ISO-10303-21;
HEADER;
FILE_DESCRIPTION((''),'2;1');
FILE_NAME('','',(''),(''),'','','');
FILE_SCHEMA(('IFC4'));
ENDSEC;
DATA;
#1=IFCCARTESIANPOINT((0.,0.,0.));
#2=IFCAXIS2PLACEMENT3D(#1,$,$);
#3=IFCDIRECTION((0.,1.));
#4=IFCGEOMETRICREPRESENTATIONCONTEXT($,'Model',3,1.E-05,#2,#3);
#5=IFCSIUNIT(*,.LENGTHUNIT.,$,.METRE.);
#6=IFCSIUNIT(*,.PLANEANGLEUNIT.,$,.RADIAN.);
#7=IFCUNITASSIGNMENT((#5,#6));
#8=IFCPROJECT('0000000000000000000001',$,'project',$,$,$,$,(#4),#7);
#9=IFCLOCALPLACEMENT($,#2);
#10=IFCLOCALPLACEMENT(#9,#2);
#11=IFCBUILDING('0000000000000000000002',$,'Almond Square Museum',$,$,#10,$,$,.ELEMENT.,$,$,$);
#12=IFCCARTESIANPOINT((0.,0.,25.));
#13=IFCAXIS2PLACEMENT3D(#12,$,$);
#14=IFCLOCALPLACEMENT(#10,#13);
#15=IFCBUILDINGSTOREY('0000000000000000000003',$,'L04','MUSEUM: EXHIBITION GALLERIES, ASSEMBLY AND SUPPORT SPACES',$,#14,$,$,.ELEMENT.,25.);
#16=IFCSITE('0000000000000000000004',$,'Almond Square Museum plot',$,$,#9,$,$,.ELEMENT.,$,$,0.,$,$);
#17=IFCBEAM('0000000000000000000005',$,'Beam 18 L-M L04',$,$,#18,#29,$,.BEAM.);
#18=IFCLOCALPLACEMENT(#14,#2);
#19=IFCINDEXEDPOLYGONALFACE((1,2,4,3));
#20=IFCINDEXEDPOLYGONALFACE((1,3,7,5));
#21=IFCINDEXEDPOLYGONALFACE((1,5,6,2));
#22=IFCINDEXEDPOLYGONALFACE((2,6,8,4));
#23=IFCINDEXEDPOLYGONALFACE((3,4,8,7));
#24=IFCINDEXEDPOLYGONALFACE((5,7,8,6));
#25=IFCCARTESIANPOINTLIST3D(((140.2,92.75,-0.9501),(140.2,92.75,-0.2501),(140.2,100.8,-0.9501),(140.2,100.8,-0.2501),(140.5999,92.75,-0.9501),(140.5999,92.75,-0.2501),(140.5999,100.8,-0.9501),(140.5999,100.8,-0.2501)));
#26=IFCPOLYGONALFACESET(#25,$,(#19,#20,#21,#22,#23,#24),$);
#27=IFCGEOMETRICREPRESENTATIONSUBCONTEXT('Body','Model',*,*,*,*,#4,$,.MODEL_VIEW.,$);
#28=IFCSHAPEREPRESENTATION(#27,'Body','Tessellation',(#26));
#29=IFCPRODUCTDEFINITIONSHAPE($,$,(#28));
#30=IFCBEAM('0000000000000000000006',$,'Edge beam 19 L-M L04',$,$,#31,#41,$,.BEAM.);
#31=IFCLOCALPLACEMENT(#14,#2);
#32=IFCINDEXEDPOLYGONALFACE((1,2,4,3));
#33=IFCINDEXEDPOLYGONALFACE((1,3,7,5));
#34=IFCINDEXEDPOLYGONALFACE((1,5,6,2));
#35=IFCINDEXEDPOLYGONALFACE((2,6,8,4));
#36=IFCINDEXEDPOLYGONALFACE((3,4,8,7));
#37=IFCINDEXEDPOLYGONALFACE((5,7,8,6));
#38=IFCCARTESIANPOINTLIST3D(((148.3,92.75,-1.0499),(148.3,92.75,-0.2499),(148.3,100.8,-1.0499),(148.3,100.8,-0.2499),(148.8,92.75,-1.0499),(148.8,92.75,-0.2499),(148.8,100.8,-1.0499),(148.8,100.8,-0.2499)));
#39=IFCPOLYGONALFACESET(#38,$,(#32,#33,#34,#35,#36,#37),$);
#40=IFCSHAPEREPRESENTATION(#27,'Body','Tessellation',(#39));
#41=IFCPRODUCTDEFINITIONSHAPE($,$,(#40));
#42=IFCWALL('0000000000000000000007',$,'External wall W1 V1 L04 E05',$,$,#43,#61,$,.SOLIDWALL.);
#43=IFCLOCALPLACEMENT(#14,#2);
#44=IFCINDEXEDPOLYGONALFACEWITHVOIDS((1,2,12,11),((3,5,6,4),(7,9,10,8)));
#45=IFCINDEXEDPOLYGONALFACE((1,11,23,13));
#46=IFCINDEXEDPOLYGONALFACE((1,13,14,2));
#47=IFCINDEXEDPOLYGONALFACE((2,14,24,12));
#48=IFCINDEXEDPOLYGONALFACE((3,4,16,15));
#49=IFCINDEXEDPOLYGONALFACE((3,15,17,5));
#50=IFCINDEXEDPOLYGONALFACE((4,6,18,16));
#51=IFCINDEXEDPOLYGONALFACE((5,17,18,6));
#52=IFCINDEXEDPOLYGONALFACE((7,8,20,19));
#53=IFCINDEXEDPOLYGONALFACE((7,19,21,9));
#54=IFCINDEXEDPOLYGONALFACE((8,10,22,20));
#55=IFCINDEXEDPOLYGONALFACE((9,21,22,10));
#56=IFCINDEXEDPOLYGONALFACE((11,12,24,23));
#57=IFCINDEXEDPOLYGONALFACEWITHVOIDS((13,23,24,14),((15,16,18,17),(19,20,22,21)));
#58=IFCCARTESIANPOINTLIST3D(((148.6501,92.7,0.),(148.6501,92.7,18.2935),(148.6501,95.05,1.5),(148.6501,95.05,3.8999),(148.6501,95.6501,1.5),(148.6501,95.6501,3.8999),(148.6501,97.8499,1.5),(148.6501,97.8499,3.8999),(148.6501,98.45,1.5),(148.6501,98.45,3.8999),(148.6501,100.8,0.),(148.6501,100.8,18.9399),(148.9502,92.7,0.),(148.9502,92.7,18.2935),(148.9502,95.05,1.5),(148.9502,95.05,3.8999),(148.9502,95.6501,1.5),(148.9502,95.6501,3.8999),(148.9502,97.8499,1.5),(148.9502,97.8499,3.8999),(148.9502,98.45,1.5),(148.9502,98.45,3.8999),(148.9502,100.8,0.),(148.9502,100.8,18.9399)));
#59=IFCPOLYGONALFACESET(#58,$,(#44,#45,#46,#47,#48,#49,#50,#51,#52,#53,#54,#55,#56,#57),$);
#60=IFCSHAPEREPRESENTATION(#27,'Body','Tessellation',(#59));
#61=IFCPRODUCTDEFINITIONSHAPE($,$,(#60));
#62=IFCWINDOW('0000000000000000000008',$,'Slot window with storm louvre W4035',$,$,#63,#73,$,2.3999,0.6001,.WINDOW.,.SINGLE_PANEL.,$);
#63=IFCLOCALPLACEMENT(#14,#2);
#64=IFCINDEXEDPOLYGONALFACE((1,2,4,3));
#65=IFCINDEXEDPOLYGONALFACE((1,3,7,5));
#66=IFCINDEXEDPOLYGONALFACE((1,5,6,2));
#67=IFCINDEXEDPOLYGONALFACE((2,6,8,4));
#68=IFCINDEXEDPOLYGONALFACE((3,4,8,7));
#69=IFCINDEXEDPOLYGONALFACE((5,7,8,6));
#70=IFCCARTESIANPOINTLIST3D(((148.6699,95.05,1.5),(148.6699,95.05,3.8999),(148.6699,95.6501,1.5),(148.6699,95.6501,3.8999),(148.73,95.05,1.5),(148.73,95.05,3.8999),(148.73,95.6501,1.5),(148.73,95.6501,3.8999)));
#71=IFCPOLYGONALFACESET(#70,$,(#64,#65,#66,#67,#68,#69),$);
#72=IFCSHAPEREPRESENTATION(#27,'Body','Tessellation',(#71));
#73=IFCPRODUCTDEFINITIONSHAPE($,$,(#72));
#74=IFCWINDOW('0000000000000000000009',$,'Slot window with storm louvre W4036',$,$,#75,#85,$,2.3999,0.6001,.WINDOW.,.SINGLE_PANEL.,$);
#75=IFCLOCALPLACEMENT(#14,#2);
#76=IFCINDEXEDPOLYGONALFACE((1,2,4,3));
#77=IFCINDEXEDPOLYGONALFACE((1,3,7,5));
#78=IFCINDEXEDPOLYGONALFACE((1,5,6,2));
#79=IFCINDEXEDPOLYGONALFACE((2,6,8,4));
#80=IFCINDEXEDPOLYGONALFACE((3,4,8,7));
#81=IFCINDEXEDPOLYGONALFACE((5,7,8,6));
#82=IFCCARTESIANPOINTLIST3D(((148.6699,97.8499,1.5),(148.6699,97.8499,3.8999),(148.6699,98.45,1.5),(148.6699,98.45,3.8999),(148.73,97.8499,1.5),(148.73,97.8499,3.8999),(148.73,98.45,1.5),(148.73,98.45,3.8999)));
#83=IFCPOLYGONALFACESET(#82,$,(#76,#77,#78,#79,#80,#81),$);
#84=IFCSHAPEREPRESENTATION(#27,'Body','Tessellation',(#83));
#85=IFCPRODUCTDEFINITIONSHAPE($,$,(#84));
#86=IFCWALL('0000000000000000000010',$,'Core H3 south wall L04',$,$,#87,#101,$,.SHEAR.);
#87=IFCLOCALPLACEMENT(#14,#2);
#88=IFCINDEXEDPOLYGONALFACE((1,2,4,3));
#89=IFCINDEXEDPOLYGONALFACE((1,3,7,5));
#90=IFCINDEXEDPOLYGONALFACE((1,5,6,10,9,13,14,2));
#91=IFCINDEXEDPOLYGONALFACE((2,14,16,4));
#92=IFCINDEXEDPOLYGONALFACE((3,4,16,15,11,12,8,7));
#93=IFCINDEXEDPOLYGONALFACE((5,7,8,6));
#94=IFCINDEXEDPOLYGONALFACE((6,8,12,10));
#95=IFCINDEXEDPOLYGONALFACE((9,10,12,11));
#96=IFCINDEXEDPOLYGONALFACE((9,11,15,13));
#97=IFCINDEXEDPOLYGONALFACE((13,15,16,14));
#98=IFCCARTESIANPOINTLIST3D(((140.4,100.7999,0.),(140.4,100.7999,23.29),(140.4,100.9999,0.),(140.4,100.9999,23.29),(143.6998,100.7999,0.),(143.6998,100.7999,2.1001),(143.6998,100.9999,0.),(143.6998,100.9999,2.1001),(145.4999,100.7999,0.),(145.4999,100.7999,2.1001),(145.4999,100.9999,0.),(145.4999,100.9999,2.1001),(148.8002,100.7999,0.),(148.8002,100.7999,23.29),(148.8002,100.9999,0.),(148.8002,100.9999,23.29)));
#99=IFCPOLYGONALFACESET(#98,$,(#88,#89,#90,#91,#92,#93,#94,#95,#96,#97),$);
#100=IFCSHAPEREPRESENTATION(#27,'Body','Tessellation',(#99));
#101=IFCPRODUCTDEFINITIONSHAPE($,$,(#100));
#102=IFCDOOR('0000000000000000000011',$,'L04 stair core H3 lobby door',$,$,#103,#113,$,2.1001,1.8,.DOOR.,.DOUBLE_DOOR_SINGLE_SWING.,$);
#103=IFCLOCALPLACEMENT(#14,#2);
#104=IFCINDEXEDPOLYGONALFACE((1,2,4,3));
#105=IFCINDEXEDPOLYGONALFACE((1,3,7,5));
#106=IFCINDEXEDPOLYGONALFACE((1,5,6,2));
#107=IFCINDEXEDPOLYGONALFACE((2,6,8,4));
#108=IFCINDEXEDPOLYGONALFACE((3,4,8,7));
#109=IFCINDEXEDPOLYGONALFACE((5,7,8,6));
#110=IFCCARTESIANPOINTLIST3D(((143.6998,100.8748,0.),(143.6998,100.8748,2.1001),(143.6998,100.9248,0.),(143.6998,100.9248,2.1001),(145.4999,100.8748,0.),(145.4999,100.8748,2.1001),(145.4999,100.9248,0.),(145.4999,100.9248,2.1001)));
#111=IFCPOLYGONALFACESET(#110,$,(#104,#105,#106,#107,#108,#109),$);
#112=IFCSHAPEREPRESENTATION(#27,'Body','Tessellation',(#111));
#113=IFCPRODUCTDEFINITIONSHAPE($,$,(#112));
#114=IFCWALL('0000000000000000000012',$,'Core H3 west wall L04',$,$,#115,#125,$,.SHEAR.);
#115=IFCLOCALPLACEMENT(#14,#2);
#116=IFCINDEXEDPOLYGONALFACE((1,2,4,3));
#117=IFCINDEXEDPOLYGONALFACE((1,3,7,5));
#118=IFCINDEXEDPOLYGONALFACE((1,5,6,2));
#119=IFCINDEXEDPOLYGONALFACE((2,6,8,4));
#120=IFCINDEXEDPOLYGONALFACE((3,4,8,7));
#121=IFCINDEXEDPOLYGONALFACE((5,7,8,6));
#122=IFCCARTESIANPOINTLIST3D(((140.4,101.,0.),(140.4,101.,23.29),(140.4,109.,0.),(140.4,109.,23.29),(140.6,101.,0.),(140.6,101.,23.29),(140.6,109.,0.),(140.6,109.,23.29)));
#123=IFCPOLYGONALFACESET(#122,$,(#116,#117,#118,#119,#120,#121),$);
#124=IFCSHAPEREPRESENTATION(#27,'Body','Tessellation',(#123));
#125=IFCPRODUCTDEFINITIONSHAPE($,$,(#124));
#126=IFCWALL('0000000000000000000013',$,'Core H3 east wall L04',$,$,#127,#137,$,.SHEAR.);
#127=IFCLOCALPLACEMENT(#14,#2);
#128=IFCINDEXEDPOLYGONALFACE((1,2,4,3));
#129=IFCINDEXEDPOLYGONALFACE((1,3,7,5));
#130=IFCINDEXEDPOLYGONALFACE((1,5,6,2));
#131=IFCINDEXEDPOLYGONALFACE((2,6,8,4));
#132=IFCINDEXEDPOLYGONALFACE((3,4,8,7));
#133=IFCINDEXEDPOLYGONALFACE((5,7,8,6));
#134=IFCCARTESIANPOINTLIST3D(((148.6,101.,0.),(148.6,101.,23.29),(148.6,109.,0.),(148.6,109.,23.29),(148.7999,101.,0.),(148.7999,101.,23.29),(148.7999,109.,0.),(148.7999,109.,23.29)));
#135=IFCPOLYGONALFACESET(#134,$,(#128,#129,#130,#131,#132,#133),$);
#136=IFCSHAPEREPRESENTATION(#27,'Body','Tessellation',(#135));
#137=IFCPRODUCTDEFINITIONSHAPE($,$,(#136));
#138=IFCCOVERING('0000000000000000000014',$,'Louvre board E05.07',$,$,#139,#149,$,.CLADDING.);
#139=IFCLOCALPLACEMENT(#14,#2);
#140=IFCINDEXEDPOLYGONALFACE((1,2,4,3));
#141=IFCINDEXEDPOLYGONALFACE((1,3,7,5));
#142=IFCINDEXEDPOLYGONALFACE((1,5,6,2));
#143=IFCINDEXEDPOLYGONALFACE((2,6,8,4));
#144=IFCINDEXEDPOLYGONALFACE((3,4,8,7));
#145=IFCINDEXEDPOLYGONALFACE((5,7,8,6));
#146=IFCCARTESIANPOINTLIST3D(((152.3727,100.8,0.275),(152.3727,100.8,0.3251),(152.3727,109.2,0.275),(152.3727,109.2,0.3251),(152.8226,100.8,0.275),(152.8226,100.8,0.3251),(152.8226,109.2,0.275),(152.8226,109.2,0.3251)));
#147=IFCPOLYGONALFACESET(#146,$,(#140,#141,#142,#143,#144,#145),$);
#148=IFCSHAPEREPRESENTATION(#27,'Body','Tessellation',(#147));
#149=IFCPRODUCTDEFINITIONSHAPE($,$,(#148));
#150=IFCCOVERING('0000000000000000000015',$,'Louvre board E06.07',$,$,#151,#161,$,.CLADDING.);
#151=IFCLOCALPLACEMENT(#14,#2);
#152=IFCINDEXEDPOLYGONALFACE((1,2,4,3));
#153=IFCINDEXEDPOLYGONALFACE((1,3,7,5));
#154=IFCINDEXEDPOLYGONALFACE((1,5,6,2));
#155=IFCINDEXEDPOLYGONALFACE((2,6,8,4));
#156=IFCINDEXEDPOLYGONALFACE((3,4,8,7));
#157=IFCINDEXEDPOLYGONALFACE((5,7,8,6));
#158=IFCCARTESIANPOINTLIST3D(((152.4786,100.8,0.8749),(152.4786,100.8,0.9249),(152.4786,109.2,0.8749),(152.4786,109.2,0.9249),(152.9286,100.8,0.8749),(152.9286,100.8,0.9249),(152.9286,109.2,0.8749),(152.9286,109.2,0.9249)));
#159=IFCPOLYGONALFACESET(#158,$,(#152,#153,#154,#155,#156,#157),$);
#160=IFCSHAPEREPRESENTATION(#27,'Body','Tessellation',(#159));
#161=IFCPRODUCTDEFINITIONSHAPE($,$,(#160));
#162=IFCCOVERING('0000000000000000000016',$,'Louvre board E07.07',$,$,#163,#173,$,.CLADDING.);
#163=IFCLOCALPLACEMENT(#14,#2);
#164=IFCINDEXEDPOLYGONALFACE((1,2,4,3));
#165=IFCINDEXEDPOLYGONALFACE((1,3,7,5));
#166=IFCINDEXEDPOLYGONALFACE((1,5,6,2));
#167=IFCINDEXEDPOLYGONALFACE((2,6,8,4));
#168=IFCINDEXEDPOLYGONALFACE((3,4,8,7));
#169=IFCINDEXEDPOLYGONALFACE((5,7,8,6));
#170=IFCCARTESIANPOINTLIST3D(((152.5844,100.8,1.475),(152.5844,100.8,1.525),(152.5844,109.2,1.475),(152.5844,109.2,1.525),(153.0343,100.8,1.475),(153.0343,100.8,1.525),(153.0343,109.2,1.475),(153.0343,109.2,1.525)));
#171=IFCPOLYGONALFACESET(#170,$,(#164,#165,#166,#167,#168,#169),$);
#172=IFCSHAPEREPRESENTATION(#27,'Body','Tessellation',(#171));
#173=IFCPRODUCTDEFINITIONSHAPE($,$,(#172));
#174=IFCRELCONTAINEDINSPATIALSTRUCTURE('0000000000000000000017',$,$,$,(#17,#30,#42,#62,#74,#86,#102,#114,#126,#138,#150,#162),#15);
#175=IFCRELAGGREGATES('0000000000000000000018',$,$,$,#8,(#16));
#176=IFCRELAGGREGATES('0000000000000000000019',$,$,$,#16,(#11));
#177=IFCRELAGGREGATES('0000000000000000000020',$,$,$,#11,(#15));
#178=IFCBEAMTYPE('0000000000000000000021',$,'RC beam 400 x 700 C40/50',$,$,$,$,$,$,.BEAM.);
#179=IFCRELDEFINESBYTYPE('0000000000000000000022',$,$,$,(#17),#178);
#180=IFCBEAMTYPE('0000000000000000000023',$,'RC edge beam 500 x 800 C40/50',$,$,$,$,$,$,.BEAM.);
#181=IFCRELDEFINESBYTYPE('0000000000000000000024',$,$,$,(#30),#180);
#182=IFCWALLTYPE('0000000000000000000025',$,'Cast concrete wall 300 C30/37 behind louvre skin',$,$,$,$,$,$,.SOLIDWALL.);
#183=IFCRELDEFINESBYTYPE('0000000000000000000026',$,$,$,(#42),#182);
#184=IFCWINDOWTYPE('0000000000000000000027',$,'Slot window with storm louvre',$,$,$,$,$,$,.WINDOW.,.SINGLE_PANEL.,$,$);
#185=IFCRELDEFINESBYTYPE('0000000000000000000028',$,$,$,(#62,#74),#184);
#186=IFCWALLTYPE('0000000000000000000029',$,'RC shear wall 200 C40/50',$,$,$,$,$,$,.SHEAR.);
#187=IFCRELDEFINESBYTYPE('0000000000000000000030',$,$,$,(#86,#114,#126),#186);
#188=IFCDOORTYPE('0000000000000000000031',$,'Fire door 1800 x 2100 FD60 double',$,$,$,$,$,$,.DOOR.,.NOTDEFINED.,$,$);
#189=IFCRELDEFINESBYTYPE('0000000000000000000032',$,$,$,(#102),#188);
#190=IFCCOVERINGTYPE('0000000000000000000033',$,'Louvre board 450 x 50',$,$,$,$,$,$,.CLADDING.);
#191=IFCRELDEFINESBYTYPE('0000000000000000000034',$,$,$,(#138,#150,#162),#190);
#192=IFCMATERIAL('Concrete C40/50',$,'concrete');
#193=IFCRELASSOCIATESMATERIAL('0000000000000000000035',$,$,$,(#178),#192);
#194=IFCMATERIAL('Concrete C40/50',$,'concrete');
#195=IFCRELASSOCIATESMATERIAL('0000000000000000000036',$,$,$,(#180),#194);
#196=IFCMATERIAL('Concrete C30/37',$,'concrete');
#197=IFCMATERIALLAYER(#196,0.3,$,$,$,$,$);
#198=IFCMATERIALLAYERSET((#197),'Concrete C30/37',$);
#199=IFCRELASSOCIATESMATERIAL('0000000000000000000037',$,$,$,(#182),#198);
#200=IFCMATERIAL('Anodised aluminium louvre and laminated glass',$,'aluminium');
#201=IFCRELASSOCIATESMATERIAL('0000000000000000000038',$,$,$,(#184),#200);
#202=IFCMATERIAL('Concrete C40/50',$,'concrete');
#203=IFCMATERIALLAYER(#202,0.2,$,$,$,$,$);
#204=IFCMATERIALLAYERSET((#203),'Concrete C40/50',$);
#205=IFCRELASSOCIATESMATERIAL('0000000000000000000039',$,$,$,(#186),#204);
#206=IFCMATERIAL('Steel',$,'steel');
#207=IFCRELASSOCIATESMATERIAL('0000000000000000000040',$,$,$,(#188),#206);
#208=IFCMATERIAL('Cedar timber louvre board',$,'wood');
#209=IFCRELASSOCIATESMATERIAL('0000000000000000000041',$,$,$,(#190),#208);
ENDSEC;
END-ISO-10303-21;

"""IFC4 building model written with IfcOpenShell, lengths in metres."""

from ifc_helpers import new_model, si_unit, direction, frame, frame_2d, origin, origin_2d, place, context, subcontext, project, spatial, polyline, rectangle, outline, extrude, material, layer, layer_set, material_profile, profile_set, type_object, element, fill, save


model = new_model("IFC4")

# Units and contexts
model_context = context("Model", 3, precision=1e-05, world=origin(), true_north=direction((0.0, 1.0)))
body_context = subcontext(model_context, "Body", "Model", "MODEL_VIEW")
ifc_project = project(units=[si_unit("LENGTHUNIT", "METRE"), si_unit("PLANEANGLEUNIT", "RADIAN")], contexts=[model_context])

# Site, building, storey
site_placement = place(None, origin())
site = spatial("IfcSite", under=ifc_project, at=site_placement, Name="Almond Square Museum plot", CompositionType="ELEMENT", RefElevation=0.0)
building_placement = place(site_placement, origin())
building = spatial("IfcBuilding", under=site, at=building_placement, Name="Almond Square Museum", CompositionType="ELEMENT")
storey_placement = place(building_placement, frame((0.0, 0.0, 25.0)))
storey = spatial("IfcBuildingStorey", under=building, at=storey_placement, Name="L04", Description="MUSEUM: EXHIBITION GALLERIES, ASSEMBLY AND SUPPORT SPACES", CompositionType="ELEMENT", Elevation=25.0)

# Beams
ifc_material_1 = material(Name="Concrete C40/50", Category="concrete")
ifc_material_profile_1 = material_profile(ifc_material_1, rectangle(XDim=0.3999, YDim=0.7, at=origin_2d()))
ifc_profile_set_1 = profile_set([ifc_material_profile_1], Name="Concrete C40/50")
beam_type_1 = type_object("IfcBeamType", Name="RC beam 400 x 700 C40/50", PredefinedType="BEAM", material=ifc_profile_set_1)
beam_1_placement = place(storey_placement, frame((140.3999, 92.75, -0.6001), z_axis=(0.0, 1.0, 0.0), x_axis=(-1.0, 0.0, 0.0)))
element("IfcBeam", 1, at=beam_1_placement, inside=storey, type_object=beam_type_1, Name="Beam 18 L-M L04", PredefinedType="BEAM", context=body_context, shape_type="SweptSolid", body=[
    extrude(rectangle(XDim=0.3999, YDim=0.7, at=origin_2d()), origin(), (0.0, 0.0, 1.0), 8.05),
])
ifc_material_2 = material(Name="Concrete C40/50", Category="concrete")
ifc_material_profile_2 = material_profile(ifc_material_2, rectangle(XDim=0.5, YDim=0.8, at=origin_2d()))
ifc_profile_set_2 = profile_set([ifc_material_profile_2], Name="Concrete C40/50")
beam_type_2 = type_object("IfcBeamType", Name="RC edge beam 500 x 800 C40/50", PredefinedType="BEAM", material=ifc_profile_set_2)
beam_2_placement = place(storey_placement, frame((148.55, 92.75, -0.6499), z_axis=(0.0, 1.0, 0.0), x_axis=(-1.0, 0.0, 0.0)))
element("IfcBeam", 2, at=beam_2_placement, inside=storey, type_object=beam_type_2, Name="Edge beam 19 L-M L04", PredefinedType="BEAM", context=body_context, shape_type="SweptSolid", body=[
    extrude(rectangle(XDim=0.5, YDim=0.8, at=origin_2d()), origin(), (0.0, 0.0, 1.0), 8.05),
])

# Wall, openings, windows
ifc_material_3 = material(Name="Concrete C30/37", Category="concrete")
ifc_layer_1 = layer(ifc_material_3, 0.3)
ifc_layer_set_1 = layer_set([ifc_layer_1], Name="Concrete C30/37")
wall_type_1 = type_object("IfcWallType", Name="Cast concrete wall 300 C30/37 behind louvre skin", PredefinedType="SOLIDWALL", material=ifc_layer_set_1)
wall_1_placement = place(storey_placement, frame((148.8, 92.7, 0.0), z_axis=(0.0, 0.0, 1.0), x_axis=(0.0, 1.0, 0.0)))
wall_1 = element("IfcWall", 3, at=wall_1_placement, inside=storey, type_object=wall_type_1, Name="External wall W1 V1 L04 E05", PredefinedType="SOLIDWALL", context=body_context, shape_type="SweptSolid", body=[
    extrude(outline(polyline([(0.0, 0.0), (8.1001, 0.0), (8.1001, 18.9399), (0.0, 18.2935), (0.0, 0.0)])), frame((0.0, 0.1499, 0.0), z_axis=(0.0, -1.0, 0.0), x_axis=(1.0, 0.0, 0.0)), (0.0, 0.0, 1.0), 0.3),
])
opening_1_placement = place(wall_1_placement, frame((2.3501, 0.0, 1.5)))
opening_1 = element("IfcOpeningElement", 4, at=opening_1_placement, cuts=wall_1, PredefinedType="OPENING", context=body_context, shape_type="SweptSolid", body=[
    extrude(rectangle(XDim=0.6001, YDim=2.3999, at=frame_2d((0.3, 1.2))), frame((0.0, 0.1599, 0.0), z_axis=(0.0, -1.0, 0.0), x_axis=(1.0, 0.0, 0.0)), (0.0, 0.0, 1.0), 0.3201),
])
opening_2_placement = place(wall_1_placement, frame((5.1499, 0.0, 1.5)))
opening_2 = element("IfcOpeningElement", 5, at=opening_2_placement, cuts=wall_1, PredefinedType="OPENING", context=body_context, shape_type="SweptSolid", body=[
    extrude(rectangle(XDim=0.6001, YDim=2.3999, at=frame_2d((0.3, 1.2))), frame((0.0, 0.1599, 0.0), z_axis=(0.0, -1.0, 0.0), x_axis=(1.0, 0.0, 0.0)), (0.0, 0.0, 1.0), 0.3201),
])
ifc_material_4 = material(Name="Anodised aluminium louvre and laminated glass", Category="aluminium")
window_type = type_object("IfcWindowType", Name="Slot window with storm louvre", PartitioningType="SINGLE_PANEL", PredefinedType="WINDOW", material=ifc_material_4)
window_1_placement = place(opening_1_placement, origin())
window_1 = element("IfcWindow", 6, at=window_1_placement, inside=storey, type_object=window_type, Name="Slot window with storm louvre W4035", OverallHeight=2.3999, OverallWidth=0.6001, PartitioningType="SINGLE_PANEL", PredefinedType="WINDOW", context=body_context, shape_type="SweptSolid", body=[
    extrude(rectangle(XDim=0.6001, YDim=2.3999, at=frame_2d((0.3, 1.2))), frame((0.0, 0.1301, 0.0), z_axis=(0.0, -1.0, 0.0), x_axis=(1.0, 0.0, 0.0)), (0.0, 0.0, 1.0), 0.0601),
])
fill(opening_1, window_1)
window_2_placement = place(opening_2_placement, origin())
window_2 = element("IfcWindow", 7, at=window_2_placement, inside=storey, type_object=window_type, Name="Slot window with storm louvre W4036", OverallHeight=2.3999, OverallWidth=0.6001, PartitioningType="SINGLE_PANEL", PredefinedType="WINDOW", context=body_context, shape_type="SweptSolid", body=[
    extrude(rectangle(XDim=0.6001, YDim=2.3999, at=frame_2d((0.3, 1.2))), frame((0.0, 0.1301, 0.0), z_axis=(0.0, -1.0, 0.0), x_axis=(1.0, 0.0, 0.0)), (0.0, 0.0, 1.0), 0.0601),
])
fill(opening_2, window_2)

# Wall, opening, door
ifc_material_5 = material(Name="Concrete C40/50", Category="concrete")
ifc_layer_2 = layer(ifc_material_5, 0.2)
ifc_layer_set_2 = layer_set([ifc_layer_2], Name="Concrete C40/50")
wall_type_2 = type_object("IfcWallType", Name="RC shear wall 200 C40/50", PredefinedType="SHEAR", material=ifc_layer_set_2)
wall_2_placement = place(storey_placement, frame((140.3999, 100.8999, 0.0), z_axis=(0.0, 0.0, 1.0), x_axis=(1.0, 0.0, 0.0)))
wall_2 = element("IfcWall", 8, at=wall_2_placement, inside=storey, type_object=wall_type_2, Name="Core H3 south wall L04", PredefinedType="SHEAR", context=body_context, shape_type="SweptSolid", body=[
    extrude(rectangle(XDim=8.4001, YDim=0.2, at=frame_2d((4.2002, 0.0))), origin(), (0.0, 0.0, 1.0), 23.29),
])
opening_3_placement = place(wall_2_placement, frame((3.3, 0.0, 0.0)))
opening_3 = element("IfcOpeningElement", 9, at=opening_3_placement, cuts=wall_2, PredefinedType="OPENING", context=body_context, shape_type="SweptSolid", body=[
    extrude(rectangle(XDim=1.8, YDim=2.1001, at=frame_2d((0.8999, 1.05))), frame((0.0, 0.1099, 0.0), z_axis=(0.0, -1.0, 0.0), x_axis=(1.0, 0.0, 0.0)), (0.0, 0.0, 1.0), 0.22),
])
ifc_material_6 = material(Name="Steel", Category="steel")
door_type = type_object("IfcDoorType", Name="Fire door 1800 x 2100 FD60 double", OperationType="NOTDEFINED", PredefinedType="DOOR", material=ifc_material_6)
door_placement = place(opening_3_placement, origin())
door = element("IfcDoor", 10, at=door_placement, inside=storey, type_object=door_type, Name="L04 stair core H3 lobby door", OperationType="DOUBLE_DOOR_SINGLE_SWING", OverallHeight=2.1001, OverallWidth=1.8, PredefinedType="DOOR", context=body_context, shape_type="SweptSolid", body=[
    extrude(rectangle(XDim=1.8, YDim=2.1001, at=frame_2d((0.8999, 1.05))), frame((0.0, 0.0249, 0.0), z_axis=(0.0, -1.0, 0.0), x_axis=(1.0, 0.0, 0.0)), (0.0, 0.0, 1.0), 0.05),
])
fill(opening_3, door)

# Walls
for number, where, z_axis, x_axis, name in (
    (11, (140.5, 101.0, 0.0), (0.0, 0.0, 1.0), (0.0, 1.0, 0.0), "Core H3 west wall L04"),
    (12, (148.7, 101.0, 0.0), (0.0, 0.0, 1.0), (0.0, 1.0, 0.0), "Core H3 east wall L04"),
):
    element("IfcWall", number, at=place(storey_placement, frame(where, z_axis=z_axis, x_axis=x_axis)), inside=storey, type_object=wall_type_2, Name=name, PredefinedType="SHEAR", context=body_context, shape_type="SweptSolid", body=[
        extrude(rectangle(XDim=8.0, YDim=0.2, at=frame_2d((4.0, 0.0))), origin(), (0.0, 0.0, 1.0), 23.29),
    ])

# Coverings
ifc_material_7 = material(Name="Cedar timber louvre board", Category="wood")
ifc_material_profile_3 = material_profile(ifc_material_7, rectangle(XDim=0.45, YDim=0.05, at=origin_2d()))
ifc_profile_set_3 = profile_set([ifc_material_profile_3], Name="Cedar timber louvre board")
covering_type_1 = type_object("IfcCoveringType", Name="Louvre board 450 x 50", PredefinedType="CLADDING", material=ifc_profile_set_3)
for number, where, z_axis, x_axis, name in (
    (13, (152.5977, 100.8, 0.3), (0.0, 1.0, 0.0), (-1.0, 0.0, 0.0), "Louvre board E05.07"),
    (14, (152.7036, 100.8, 0.8999), (0.0, 1.0, 0.0), (-1.0, 0.0, 0.0), "Louvre board E06.07"),
    (15, (152.8093, 100.8, 1.5), (0.0, 1.0, 0.0), (-1.0, 0.0, 0.0), "Louvre board E07.07"),
):
    element("IfcCovering", number, at=place(storey_placement, frame(where, z_axis=z_axis, x_axis=x_axis)), inside=storey, type_object=covering_type_1, Name=name, PredefinedType="CLADDING", context=body_context, shape_type="SweptSolid", body=[
        extrude(rectangle(XDim=0.45, YDim=0.05, at=origin_2d()), origin(), (0.0, 0.0, 1.0), 8.3999),
    ])

save(model, "model.ifc")
